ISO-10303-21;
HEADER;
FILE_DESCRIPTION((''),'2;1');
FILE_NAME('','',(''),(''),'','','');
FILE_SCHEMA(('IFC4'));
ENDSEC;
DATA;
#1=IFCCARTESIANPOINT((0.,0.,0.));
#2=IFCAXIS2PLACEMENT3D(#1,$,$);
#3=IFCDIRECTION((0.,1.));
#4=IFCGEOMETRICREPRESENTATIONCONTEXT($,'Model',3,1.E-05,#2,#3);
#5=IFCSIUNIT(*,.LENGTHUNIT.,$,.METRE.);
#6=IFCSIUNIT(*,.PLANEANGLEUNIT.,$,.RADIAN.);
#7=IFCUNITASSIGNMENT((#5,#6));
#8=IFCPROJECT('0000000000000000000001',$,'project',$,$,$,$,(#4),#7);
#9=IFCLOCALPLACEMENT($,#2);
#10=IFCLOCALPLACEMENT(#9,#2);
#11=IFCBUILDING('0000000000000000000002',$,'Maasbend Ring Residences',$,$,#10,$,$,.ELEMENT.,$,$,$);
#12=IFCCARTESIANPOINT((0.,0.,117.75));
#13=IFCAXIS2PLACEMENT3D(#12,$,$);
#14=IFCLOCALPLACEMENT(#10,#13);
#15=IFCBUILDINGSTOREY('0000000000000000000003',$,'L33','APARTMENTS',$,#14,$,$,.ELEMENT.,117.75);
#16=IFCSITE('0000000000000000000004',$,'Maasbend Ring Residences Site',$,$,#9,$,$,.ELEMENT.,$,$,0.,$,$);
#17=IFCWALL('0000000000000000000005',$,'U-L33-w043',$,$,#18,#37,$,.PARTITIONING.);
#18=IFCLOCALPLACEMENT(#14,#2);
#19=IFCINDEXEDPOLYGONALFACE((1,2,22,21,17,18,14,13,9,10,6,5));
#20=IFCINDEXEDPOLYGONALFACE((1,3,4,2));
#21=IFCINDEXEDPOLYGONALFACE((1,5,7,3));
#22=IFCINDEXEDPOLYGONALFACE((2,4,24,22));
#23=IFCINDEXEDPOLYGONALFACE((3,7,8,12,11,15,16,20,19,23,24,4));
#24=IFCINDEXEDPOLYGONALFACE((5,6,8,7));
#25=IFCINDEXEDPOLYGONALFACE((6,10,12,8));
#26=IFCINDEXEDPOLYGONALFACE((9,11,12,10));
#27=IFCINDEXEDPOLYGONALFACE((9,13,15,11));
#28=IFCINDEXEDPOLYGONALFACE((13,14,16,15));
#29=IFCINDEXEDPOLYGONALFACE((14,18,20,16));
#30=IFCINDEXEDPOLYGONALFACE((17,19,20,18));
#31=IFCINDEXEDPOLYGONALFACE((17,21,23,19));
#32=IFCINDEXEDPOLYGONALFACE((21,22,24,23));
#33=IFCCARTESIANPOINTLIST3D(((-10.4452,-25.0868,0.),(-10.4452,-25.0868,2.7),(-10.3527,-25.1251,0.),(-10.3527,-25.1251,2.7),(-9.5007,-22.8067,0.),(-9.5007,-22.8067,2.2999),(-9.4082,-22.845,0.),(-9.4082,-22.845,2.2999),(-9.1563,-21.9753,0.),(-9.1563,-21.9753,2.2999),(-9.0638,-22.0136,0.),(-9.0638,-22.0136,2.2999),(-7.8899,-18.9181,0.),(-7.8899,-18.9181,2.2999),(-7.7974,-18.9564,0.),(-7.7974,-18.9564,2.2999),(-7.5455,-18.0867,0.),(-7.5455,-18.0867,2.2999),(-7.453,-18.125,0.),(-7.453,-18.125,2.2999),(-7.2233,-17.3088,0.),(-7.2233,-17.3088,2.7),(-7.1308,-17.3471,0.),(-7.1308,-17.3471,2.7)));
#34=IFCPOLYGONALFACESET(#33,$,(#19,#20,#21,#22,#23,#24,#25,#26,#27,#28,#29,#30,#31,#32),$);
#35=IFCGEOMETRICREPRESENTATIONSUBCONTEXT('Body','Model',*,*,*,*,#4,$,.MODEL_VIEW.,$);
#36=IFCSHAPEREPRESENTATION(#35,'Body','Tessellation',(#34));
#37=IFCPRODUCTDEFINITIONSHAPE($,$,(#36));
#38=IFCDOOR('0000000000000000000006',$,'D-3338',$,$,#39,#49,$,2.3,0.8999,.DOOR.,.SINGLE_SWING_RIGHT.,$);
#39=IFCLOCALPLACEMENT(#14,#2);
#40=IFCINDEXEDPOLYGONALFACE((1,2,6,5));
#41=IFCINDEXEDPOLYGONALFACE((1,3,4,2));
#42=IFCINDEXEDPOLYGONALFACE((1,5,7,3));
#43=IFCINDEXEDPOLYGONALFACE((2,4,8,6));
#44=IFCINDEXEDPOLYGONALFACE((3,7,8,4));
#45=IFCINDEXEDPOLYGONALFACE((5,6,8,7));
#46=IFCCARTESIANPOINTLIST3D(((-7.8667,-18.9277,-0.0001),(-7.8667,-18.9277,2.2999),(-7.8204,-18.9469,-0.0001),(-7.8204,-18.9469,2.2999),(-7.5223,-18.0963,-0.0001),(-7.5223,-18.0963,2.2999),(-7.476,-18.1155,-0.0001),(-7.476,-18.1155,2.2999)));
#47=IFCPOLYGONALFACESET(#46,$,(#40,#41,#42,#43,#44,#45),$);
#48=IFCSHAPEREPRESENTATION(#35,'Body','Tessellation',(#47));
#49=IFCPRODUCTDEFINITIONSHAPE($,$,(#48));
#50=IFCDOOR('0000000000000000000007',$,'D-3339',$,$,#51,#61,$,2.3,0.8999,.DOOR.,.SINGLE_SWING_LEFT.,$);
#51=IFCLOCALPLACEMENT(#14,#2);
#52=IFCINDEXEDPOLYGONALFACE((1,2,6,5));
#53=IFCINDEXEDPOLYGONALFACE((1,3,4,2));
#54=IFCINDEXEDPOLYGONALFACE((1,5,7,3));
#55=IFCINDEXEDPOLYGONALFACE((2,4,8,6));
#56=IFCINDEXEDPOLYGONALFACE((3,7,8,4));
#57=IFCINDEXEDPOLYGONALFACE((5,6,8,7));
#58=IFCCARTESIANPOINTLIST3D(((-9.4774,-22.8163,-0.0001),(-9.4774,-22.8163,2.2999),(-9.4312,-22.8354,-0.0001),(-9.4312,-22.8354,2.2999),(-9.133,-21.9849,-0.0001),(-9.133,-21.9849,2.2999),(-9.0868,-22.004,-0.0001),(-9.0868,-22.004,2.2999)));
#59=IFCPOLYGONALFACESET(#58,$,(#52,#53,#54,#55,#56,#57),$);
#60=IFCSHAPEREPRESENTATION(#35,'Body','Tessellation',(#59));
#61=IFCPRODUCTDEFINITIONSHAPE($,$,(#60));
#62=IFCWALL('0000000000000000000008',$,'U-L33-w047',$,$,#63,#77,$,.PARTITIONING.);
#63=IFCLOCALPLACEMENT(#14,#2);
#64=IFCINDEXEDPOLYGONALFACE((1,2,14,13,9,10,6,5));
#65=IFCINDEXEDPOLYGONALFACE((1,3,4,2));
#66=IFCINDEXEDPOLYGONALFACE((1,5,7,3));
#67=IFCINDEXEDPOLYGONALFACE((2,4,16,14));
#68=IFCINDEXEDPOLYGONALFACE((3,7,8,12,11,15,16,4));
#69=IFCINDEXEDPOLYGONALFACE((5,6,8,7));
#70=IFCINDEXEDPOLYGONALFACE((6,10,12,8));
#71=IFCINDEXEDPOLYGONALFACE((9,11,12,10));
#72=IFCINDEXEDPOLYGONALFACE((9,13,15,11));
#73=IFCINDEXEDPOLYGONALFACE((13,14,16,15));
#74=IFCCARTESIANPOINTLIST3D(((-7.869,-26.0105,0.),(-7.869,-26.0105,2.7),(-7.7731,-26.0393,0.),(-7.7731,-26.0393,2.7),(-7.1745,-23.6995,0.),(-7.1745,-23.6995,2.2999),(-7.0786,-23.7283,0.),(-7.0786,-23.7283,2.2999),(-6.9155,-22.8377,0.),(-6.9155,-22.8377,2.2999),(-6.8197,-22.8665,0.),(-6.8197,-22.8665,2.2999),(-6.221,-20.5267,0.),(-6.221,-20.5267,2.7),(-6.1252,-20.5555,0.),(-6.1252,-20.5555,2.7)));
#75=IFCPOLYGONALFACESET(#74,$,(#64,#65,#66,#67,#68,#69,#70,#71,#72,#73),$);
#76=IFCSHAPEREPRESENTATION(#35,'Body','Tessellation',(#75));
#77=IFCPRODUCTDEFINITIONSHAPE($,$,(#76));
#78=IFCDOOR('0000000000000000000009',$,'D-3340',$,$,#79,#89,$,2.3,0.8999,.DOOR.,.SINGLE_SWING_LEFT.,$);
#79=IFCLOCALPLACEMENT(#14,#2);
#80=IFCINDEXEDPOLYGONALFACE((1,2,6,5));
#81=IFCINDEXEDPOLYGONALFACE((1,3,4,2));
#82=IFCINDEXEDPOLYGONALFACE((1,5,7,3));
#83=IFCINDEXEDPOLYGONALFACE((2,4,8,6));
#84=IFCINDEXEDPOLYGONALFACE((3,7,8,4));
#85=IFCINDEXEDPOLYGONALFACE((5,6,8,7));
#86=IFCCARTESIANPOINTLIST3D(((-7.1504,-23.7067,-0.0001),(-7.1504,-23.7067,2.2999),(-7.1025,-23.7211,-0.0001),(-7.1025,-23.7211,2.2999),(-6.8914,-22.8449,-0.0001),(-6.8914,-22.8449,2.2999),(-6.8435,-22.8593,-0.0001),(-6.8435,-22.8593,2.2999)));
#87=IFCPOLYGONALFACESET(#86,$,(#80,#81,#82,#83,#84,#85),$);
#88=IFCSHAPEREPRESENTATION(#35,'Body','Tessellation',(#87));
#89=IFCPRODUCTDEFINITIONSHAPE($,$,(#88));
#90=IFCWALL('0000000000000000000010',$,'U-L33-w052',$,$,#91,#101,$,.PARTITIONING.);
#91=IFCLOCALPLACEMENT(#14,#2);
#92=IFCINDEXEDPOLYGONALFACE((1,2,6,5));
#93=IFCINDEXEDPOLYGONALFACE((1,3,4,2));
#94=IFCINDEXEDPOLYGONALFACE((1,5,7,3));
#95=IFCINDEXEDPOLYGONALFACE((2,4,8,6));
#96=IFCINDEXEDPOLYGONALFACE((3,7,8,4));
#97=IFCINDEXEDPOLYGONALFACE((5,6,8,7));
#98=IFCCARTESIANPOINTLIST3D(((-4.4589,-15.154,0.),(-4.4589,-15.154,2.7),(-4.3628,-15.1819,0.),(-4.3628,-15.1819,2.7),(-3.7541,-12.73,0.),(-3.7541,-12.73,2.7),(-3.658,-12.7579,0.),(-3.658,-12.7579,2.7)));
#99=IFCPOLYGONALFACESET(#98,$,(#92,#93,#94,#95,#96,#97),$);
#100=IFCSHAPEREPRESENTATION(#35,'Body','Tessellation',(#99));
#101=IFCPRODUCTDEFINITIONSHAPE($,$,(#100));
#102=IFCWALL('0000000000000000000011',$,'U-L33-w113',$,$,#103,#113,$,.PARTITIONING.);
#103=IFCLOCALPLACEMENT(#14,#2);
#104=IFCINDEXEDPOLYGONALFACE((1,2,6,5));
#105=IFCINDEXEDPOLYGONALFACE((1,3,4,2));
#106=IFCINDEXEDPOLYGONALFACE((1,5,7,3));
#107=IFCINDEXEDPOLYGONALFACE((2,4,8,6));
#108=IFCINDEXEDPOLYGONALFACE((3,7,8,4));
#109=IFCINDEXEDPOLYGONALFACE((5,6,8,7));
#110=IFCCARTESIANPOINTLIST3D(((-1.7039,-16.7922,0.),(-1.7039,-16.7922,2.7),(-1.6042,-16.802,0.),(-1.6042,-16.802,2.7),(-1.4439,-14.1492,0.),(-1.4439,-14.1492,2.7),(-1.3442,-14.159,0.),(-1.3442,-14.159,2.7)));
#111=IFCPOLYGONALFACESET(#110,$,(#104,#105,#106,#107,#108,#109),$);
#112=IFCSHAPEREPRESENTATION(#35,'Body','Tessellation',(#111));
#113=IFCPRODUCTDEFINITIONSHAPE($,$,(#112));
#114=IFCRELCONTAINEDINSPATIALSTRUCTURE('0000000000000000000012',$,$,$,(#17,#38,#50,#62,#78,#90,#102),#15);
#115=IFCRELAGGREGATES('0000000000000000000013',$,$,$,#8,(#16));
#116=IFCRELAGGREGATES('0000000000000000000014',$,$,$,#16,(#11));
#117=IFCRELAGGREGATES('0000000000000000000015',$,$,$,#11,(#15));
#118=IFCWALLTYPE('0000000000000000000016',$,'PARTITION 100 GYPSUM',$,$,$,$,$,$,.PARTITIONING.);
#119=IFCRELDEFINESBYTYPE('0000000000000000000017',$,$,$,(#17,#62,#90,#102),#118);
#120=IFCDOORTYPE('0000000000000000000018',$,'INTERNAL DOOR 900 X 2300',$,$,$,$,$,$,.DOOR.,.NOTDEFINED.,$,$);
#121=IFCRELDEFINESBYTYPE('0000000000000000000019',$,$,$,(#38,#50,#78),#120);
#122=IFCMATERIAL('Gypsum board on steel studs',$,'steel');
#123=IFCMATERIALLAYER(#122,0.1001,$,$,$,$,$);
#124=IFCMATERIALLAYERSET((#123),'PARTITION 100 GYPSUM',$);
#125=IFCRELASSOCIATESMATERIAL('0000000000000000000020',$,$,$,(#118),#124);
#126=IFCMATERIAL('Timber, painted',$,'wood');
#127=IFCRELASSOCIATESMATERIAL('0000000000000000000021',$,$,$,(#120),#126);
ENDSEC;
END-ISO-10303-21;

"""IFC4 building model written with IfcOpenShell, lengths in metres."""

from ifc_helpers import new_model, si_unit, direction, frame, frame_2d, origin, place, context, subcontext, project, spatial, rectangle, extrude, material, layer, layer_set, type_object, element, fill, save


model = new_model("IFC4")

# Units and contexts
model_context = context("Model", 3, precision=1e-05, world=origin(), true_north=direction((0.0, 1.0)))
body_context = subcontext(model_context, "Body", "Model", "MODEL_VIEW")
ifc_project = project(units=[si_unit("LENGTHUNIT", "METRE"), si_unit("PLANEANGLEUNIT", "RADIAN")], contexts=[model_context])

# Site, building, storey
site_placement = place(None, origin())
site = spatial("IfcSite", under=ifc_project, at=site_placement, Name="Maasbend Ring Residences Site", CompositionType="ELEMENT", RefElevation=0.0)
building_placement = place(site_placement, origin())
building = spatial("IfcBuilding", under=site, at=building_placement, Name="Maasbend Ring Residences", CompositionType="ELEMENT")
storey_placement = place(building_placement, frame((0.0, 0.0, 117.75)))
storey = spatial("IfcBuildingStorey", under=building, at=storey_placement, Name="L33", Description="APARTMENTS", CompositionType="ELEMENT", Elevation=117.75)

# Shared definitions
ifc_material_1 = material(Name="Gypsum board on steel studs", Category="steel")
ifc_layer_1 = layer(ifc_material_1, 0.1001)
ifc_layer_set_1 = layer_set([ifc_layer_1], Name="PARTITION 100 GYPSUM")
wall_type_1 = type_object("IfcWallType", Name="PARTITION 100 GYPSUM", PredefinedType="PARTITIONING", material=ifc_layer_set_1)
ifc_material_2 = material(Name="Timber, painted", Category="wood")
door_type_1 = type_object("IfcDoorType", Name="INTERNAL DOOR 900 X 2300", OperationType="NOTDEFINED", PredefinedType="DOOR", material=ifc_material_2)

# Wall, openings, doors
wall_1_placement = place(storey_placement, frame((-10.3989, -25.106, 0.0), z_axis=(0.0, 0.0, 1.0), x_axis=(0.382698, 0.923874, 0.0)))
wall_1 = element("IfcWall", 1, at=wall_1_placement, inside=storey, type_object=wall_type_1, Name="U-L33-w043", PredefinedType="PARTITIONING", context=body_context, shape_type="SweptSolid", body=[
    extrude(rectangle(XDim=8.4189, YDim=0.1001, at=frame_2d((4.2095, 0.0))), origin(), (0.0, 0.0, 1.0), 2.7),
])
opening_1_placement = place(wall_1_placement, frame((6.677, 0.0, 0.0)))
opening_1 = element("IfcOpeningElement", 2, at=opening_1_placement, cuts=wall_1, PredefinedType="OPENING", context=body_context, shape_type="SweptSolid", body=[
    extrude(rectangle(XDim=0.8999, YDim=2.3, at=frame_2d((0.45, 1.1499))), frame((0.0, 0.0601, 0.0), z_axis=(0.0, -1.0, 0.0), x_axis=(1.0, 0.0, 0.0)), (0.0, 0.0, 1.0), 0.1201),
])
opening_2_placement = place(wall_1_placement, frame((2.468, 0.0, 0.0)))
opening_2 = element("IfcOpeningElement", 3, at=opening_2_placement, cuts=wall_1, PredefinedType="OPENING", context=body_context, shape_type="SweptSolid", body=[
    extrude(rectangle(XDim=0.8999, YDim=2.3, at=frame_2d((0.45, 1.1499))), frame((0.0, 0.0601, 0.0), z_axis=(0.0, -1.0, 0.0), x_axis=(1.0, 0.0, 0.0)), (0.0, 0.0, 1.0), 0.1201),
])
door_1_placement = place(opening_1_placement, origin())
door_1 = element("IfcDoor", 4, at=door_1_placement, inside=storey, type_object=door_type_1, Name="D-3338", OperationType="SINGLE_SWING_RIGHT", OverallHeight=2.3, OverallWidth=0.8999, PredefinedType="DOOR", context=body_context, shape_type="SweptSolid", body=[
    extrude(rectangle(XDim=0.8999, YDim=2.3, at=frame_2d((0.45, 1.1499))), frame((0.0, 0.0249, 0.0), z_axis=(0.0, -1.0, 0.0), x_axis=(1.0, 0.0, 0.0)), (0.0, 0.0, 1.0), 0.05),
])
fill(opening_1, door_1)
door_2_placement = place(opening_2_placement, origin())
door_2 = element("IfcDoor", 5, at=door_2_placement, inside=storey, type_object=door_type_1, Name="D-3339", OperationType="SINGLE_SWING_LEFT", OverallHeight=2.3, OverallWidth=0.8999, PredefinedType="DOOR", context=body_context, shape_type="SweptSolid", body=[
    extrude(rectangle(XDim=0.8999, YDim=2.3, at=frame_2d((0.45, 1.1499))), frame((0.0, 0.0249, 0.0), z_axis=(0.0, -1.0, 0.0), x_axis=(1.0, 0.0, 0.0)), (0.0, 0.0, 1.0), 0.05),
])
fill(opening_2, door_2)

# Wall, opening, door
wall_2_placement = place(storey_placement, frame((-7.821, -26.0249, 0.0), z_axis=(0.0, 0.0, 1.0), x_axis=(0.287794, 0.957692, 0.0)))
wall_2 = element("IfcWall", 6, at=wall_2_placement, inside=storey, type_object=wall_type_1, Name="U-L33-w047", PredefinedType="PARTITIONING", context=body_context, shape_type="SweptSolid", body=[
    extrude(rectangle(XDim=5.7261, YDim=0.1001, at=frame_2d((2.863, 0.0))), origin(), (0.0, 0.0, 1.0), 2.7),
])
opening_3_placement = place(wall_2_placement, frame((2.4131, 0.0, 0.0)))
opening_3 = element("IfcOpeningElement", 7, at=opening_3_placement, cuts=wall_2, PredefinedType="OPENING", context=body_context, shape_type="SweptSolid", body=[
    extrude(rectangle(XDim=0.8999, YDim=2.3, at=frame_2d((0.45, 1.1499))), frame((0.0, 0.0601, 0.0), z_axis=(0.0, -1.0, 0.0), x_axis=(1.0, 0.0, 0.0)), (0.0, 0.0, 1.0), 0.1201),
])
door_3_placement = place(opening_3_placement, origin())
door_3 = element("IfcDoor", 8, at=door_3_placement, inside=storey, type_object=door_type_1, Name="D-3340", OperationType="SINGLE_SWING_LEFT", OverallHeight=2.3, OverallWidth=0.8999, PredefinedType="DOOR", context=body_context, shape_type="SweptSolid", body=[
    extrude(rectangle(XDim=0.8999, YDim=2.3, at=frame_2d((0.45, 1.1499))), frame((0.0, 0.0249, 0.0), z_axis=(0.0, -1.0, 0.0), x_axis=(1.0, 0.0, 0.0)), (0.0, 0.0, 1.0), 0.05),
])
fill(opening_3, door_3)

# Walls
wall_3_placement = place(storey_placement, frame((-4.4109, -15.168, 0.0), z_axis=(0.0, 0.0, 1.0), x_axis=(0.279201, 0.960233, 0.0)))
element("IfcWall", 9, at=wall_3_placement, inside=storey, type_object=wall_type_1, Name="U-L33-w052", PredefinedType="PARTITIONING", context=body_context, shape_type="SweptSolid", body=[
    extrude(rectangle(XDim=2.5244, YDim=0.1001, at=frame_2d((1.2622, 0.0))), origin(), (0.0, 0.0, 1.0), 2.7),
])
wall_4_placement = place(storey_placement, frame((-1.394, -14.1541, 0.0), z_axis=(0.0, 0.0, 1.0), x_axis=(-0.097902, -0.995196, 0.0)))
element("IfcWall", 10, at=wall_4_placement, inside=storey, type_object=wall_type_1, Name="U-L33-w113", PredefinedType="PARTITIONING", context=body_context, shape_type="SweptSolid", body=[
    extrude(rectangle(XDim=2.6558, YDim=0.1001, at=frame_2d((1.3279, 0.0))), origin(), (0.0, 0.0, 1.0), 2.7),
])

save(model, "model.ifc")
